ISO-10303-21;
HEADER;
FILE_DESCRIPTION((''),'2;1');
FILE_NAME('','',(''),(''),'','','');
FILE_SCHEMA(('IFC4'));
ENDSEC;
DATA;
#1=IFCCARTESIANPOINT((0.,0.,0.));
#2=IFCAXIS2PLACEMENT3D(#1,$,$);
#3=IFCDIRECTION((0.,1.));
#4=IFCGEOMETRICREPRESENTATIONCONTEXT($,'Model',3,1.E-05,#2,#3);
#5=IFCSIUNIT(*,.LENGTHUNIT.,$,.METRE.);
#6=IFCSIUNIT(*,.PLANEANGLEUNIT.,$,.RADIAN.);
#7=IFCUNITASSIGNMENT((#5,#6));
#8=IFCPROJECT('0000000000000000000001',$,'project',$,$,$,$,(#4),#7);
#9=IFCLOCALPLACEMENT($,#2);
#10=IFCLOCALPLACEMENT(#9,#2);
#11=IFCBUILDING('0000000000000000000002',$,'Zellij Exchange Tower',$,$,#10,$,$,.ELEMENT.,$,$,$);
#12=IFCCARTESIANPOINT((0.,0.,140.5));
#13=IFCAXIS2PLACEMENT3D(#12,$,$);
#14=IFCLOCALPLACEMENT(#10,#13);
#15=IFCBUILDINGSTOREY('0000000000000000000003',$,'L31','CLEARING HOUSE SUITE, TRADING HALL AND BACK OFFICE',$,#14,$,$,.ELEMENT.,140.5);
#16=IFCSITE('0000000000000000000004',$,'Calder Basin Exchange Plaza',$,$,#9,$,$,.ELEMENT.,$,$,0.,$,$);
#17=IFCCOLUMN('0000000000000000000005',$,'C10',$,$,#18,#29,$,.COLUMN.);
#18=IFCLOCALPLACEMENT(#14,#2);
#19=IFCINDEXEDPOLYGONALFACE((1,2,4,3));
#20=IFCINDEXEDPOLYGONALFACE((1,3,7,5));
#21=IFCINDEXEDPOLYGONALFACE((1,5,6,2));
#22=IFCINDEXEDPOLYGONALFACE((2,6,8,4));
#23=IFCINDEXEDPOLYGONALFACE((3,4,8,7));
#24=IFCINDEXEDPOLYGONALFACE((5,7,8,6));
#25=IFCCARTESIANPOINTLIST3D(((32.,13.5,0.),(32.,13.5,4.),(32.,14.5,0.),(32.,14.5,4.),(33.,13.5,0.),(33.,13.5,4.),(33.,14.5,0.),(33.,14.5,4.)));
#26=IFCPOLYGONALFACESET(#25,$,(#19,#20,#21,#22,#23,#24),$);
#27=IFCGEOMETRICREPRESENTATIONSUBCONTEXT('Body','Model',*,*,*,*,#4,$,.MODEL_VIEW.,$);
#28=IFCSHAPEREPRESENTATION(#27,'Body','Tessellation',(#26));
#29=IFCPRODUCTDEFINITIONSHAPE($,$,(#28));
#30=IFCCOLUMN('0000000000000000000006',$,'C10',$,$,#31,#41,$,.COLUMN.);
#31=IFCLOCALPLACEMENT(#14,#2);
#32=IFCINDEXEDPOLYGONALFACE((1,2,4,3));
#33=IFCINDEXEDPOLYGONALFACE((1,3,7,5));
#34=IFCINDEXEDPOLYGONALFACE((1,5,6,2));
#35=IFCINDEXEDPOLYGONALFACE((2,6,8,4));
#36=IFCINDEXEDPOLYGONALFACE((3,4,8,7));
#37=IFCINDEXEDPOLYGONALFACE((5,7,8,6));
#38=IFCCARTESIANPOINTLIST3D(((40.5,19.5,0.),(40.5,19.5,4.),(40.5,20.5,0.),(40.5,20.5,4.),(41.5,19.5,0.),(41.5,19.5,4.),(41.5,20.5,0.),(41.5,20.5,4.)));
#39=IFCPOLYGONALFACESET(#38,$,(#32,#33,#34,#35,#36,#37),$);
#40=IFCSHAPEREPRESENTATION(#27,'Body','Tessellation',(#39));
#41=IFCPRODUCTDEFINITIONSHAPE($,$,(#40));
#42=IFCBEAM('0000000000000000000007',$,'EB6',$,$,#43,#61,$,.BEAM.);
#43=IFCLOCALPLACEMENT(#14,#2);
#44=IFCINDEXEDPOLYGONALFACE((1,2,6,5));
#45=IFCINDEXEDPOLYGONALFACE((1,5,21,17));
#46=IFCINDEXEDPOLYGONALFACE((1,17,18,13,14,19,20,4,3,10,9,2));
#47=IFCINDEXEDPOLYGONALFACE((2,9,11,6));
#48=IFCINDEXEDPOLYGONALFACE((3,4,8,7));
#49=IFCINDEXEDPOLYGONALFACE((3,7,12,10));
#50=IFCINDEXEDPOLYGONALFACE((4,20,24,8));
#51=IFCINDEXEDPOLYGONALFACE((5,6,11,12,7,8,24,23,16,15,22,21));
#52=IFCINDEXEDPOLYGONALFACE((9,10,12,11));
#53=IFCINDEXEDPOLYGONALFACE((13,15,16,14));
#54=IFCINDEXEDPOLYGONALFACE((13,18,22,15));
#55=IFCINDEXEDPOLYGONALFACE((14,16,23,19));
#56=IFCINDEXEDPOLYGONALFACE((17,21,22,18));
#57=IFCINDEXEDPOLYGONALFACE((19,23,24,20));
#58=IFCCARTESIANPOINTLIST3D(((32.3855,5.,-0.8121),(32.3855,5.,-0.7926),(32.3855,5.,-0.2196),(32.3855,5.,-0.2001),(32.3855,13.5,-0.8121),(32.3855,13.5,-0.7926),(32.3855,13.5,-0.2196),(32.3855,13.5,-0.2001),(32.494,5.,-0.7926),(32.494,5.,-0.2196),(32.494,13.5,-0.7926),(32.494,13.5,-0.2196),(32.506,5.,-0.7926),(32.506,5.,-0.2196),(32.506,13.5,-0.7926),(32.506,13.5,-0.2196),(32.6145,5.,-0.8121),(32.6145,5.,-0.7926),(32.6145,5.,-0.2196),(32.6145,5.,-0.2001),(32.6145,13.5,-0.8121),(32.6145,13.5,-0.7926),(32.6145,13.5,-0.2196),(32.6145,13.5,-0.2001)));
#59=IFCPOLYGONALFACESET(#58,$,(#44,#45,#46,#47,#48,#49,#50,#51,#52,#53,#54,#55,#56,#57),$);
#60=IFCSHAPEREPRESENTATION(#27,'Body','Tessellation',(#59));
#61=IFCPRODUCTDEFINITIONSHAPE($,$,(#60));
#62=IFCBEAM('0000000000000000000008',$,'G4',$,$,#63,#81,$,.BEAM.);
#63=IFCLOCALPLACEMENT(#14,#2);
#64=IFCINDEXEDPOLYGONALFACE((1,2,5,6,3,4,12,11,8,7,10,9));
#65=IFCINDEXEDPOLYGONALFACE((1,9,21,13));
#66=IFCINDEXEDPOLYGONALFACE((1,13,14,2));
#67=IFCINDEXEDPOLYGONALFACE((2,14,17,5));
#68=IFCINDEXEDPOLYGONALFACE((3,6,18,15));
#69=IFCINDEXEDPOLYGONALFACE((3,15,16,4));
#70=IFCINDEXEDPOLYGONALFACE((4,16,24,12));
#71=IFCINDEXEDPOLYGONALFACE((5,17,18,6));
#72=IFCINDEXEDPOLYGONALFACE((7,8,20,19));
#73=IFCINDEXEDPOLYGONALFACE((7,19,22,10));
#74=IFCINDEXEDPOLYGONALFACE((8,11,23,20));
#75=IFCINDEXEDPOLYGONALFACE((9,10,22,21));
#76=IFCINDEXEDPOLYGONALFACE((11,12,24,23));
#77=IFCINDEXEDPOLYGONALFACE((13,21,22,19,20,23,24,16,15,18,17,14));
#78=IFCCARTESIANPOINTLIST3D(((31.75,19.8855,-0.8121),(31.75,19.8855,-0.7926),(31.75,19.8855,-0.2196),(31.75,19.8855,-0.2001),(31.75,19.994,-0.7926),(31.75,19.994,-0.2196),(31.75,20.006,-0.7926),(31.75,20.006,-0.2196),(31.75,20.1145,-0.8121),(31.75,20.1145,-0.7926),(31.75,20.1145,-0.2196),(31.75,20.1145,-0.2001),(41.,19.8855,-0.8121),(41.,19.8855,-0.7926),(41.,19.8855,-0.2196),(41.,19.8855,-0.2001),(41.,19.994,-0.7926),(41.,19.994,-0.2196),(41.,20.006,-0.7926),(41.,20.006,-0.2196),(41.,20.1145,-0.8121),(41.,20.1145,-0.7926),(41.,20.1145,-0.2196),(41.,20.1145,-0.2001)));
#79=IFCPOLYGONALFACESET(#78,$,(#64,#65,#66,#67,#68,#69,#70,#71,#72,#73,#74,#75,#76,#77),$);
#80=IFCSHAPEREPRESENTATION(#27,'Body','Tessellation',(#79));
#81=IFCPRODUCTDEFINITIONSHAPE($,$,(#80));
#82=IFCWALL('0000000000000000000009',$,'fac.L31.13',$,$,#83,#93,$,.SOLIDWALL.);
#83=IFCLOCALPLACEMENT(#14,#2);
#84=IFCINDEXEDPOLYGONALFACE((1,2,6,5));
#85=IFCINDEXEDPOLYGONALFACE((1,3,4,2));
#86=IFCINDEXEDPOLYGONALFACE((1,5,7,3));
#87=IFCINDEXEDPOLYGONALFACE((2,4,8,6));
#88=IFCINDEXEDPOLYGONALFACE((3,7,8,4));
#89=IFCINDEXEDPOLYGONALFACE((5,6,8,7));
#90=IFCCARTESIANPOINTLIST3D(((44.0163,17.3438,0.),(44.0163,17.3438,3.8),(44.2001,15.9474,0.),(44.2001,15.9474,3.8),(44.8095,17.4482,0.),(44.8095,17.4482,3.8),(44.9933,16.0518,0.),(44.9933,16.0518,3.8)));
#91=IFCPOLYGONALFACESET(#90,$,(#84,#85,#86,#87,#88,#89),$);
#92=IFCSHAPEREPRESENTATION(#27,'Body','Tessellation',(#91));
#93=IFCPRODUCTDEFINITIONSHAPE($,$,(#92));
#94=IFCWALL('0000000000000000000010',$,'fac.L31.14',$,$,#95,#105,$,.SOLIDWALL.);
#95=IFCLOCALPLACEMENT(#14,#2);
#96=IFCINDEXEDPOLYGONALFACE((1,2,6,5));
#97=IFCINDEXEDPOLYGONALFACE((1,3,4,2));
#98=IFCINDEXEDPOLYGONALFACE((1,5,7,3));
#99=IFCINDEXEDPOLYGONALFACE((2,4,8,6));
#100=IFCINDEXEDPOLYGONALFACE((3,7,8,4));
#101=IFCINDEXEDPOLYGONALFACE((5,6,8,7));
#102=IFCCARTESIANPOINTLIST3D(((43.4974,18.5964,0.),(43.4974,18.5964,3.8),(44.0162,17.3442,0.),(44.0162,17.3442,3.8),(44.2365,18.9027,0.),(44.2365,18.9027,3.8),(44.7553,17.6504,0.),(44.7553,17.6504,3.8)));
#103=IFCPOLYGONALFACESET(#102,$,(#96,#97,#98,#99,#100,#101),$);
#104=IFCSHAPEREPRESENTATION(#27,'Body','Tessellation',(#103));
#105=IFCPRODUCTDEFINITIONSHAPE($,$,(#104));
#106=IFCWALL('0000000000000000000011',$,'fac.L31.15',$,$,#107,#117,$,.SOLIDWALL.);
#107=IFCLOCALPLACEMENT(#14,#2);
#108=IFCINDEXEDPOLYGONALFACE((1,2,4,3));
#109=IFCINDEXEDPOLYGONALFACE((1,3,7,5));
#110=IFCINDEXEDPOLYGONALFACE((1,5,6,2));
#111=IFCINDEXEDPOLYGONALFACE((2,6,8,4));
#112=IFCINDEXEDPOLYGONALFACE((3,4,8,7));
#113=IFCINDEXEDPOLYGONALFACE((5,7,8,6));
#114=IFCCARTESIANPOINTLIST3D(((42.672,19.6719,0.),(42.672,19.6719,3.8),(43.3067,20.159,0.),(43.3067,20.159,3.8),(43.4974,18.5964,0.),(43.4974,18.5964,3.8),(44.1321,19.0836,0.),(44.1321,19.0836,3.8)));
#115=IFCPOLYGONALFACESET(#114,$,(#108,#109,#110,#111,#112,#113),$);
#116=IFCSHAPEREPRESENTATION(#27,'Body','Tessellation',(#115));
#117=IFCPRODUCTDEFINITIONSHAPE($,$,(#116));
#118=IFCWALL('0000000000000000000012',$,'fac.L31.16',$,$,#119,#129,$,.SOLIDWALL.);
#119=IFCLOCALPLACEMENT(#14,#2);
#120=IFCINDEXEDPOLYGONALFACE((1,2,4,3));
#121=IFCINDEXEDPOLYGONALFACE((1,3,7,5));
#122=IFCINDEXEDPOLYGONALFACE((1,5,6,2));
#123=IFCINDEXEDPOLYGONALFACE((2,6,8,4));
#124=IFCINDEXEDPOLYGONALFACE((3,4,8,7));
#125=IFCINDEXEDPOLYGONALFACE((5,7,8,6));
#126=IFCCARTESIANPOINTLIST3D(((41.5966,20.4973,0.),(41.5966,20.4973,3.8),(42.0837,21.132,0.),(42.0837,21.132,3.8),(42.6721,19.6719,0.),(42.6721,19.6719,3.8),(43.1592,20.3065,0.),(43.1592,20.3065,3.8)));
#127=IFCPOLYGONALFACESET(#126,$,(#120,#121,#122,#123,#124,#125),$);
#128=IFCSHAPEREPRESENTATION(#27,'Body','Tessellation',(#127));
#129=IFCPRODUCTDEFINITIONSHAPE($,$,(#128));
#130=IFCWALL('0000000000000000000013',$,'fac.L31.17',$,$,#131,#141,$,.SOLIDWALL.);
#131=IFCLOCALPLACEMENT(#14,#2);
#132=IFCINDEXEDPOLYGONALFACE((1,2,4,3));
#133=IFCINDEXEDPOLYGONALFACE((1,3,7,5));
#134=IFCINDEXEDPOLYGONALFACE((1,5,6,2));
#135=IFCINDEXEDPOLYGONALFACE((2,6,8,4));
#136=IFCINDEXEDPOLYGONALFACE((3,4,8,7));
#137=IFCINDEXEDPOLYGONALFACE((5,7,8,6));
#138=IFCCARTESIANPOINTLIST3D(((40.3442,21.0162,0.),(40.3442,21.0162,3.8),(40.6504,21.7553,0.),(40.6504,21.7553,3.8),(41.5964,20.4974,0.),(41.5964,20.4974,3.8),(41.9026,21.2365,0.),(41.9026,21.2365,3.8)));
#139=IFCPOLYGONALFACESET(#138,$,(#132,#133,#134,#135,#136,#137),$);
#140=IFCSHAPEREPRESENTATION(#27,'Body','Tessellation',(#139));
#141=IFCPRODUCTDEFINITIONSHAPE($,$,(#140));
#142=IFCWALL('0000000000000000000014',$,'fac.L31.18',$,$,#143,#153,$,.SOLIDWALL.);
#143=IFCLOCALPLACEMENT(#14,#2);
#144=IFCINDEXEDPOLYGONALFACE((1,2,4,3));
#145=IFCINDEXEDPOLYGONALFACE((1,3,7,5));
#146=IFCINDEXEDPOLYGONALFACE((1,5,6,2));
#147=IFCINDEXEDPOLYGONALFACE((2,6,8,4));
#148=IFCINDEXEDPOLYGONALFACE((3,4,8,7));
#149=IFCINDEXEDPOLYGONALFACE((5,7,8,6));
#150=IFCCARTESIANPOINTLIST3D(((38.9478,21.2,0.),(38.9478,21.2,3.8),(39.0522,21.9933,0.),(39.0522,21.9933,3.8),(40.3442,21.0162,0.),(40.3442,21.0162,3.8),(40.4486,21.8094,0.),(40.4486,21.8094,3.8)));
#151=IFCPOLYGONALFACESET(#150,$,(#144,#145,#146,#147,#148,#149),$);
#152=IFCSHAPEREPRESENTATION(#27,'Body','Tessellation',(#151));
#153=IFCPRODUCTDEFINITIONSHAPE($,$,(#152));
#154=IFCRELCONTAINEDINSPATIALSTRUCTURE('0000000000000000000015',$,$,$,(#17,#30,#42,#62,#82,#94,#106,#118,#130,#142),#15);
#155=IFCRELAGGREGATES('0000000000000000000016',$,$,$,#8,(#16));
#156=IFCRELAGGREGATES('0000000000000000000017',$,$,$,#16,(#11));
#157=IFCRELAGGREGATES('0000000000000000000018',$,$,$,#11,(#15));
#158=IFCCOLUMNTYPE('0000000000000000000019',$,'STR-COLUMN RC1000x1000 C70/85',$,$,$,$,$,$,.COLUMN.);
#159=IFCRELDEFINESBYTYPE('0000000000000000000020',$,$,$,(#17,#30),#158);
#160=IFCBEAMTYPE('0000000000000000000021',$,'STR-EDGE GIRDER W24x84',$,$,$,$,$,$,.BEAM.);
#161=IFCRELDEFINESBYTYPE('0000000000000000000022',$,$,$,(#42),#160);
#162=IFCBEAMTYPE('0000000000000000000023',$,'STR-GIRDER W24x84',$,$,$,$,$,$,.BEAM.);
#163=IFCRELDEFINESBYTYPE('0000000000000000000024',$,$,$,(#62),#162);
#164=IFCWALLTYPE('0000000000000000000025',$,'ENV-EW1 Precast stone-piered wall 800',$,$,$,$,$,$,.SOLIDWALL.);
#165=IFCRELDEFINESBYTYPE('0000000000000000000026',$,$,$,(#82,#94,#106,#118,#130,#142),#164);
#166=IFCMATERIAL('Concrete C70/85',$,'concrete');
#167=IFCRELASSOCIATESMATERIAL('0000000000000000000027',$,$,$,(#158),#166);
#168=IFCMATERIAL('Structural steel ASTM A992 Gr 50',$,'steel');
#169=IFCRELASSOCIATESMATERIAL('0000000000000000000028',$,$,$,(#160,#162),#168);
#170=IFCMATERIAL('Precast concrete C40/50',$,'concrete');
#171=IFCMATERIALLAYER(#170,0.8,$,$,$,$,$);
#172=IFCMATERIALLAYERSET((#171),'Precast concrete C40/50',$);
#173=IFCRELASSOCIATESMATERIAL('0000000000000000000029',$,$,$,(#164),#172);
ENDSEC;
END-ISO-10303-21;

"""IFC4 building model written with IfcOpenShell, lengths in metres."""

from ifc_helpers import new_model, si_unit, direction, frame, frame_2d, origin, origin_2d, place, context, subcontext, project, spatial, rectangle, i_section, extrude, material, layer, layer_set, material_profile, profile_set, type_object, element, save


model = new_model("IFC4")

# Units and contexts
model_context = context("Model", 3, precision=1e-05, world=origin(), true_north=direction((0.0, 1.0)))
body_context = subcontext(model_context, "Body", "Model", "MODEL_VIEW")
ifc_project = project(units=[si_unit("LENGTHUNIT", "METRE"), si_unit("PLANEANGLEUNIT", "RADIAN")], contexts=[model_context])

# Site, building, storey
site_placement = place(None, origin())
site = spatial("IfcSite", under=ifc_project, at=site_placement, Name="Calder Basin Exchange Plaza", CompositionType="ELEMENT", RefElevation=0.0)
building_placement = place(site_placement, origin())
building = spatial("IfcBuilding", under=site, at=building_placement, Name="Zellij Exchange Tower", CompositionType="ELEMENT")
storey_placement = place(building_placement, frame((0.0, 0.0, 140.5)))
storey = spatial("IfcBuildingStorey", under=building, at=storey_placement, Name="L31", Description="CLEARING HOUSE SUITE, TRADING HALL AND BACK OFFICE", CompositionType="ELEMENT", Elevation=140.5)

# Columns
ifc_material_1 = material(Name="Concrete C70/85", Category="concrete")
ifc_material_profile_1 = material_profile(ifc_material_1, rectangle(XDim=1.0, YDim=1.0, at=origin_2d()), Name="STR-COLUMN RC1000x1000 C70/85")
ifc_profile_set_1 = profile_set([ifc_material_profile_1], Name="Concrete C70/85")
column_type = type_object("IfcColumnType", Name="STR-COLUMN RC1000x1000 C70/85", PredefinedType="COLUMN", material=ifc_profile_set_1)
for number, where, z_axis, x_axis, name in (
    (1, (32.5, 14.0, 0.0), (0.0, 0.0, 1.0), (1.0, 0.0, 0.0), "C10"),
    (2, (41.0, 20.0, 0.0), (0.0, 0.0, 1.0), (1.0, 0.0, 0.0), "C10"),
):
    element("IfcColumn", number, at=place(storey_placement, frame(where, z_axis=z_axis, x_axis=x_axis)), inside=storey, type_object=column_type, Name=name, PredefinedType="COLUMN", context=body_context, shape_type="SweptSolid", body=[
        extrude(rectangle(XDim=1.0, YDim=1.0, at=origin_2d()), origin(), (0.0, 0.0, 1.0), 4.0),
    ])

# Beams
ifc_material_2 = material(Name="Structural steel ASTM A992 Gr 50", Category="steel")
ifc_material_profile_2 = material_profile(ifc_material_2, i_section(OverallWidth=0.229, OverallDepth=0.6121, WebThickness=0.012, FlangeThickness=0.0195, at=origin_2d()), Name="W24x84")
ifc_profile_set_2 = profile_set([ifc_material_profile_2], Name="Structural steel ASTM A992 Gr 50")
beam_type_1 = type_object("IfcBeamType", Name="STR-EDGE GIRDER W24x84", PredefinedType="BEAM", material=ifc_profile_set_2)
beam_1_placement = place(storey_placement, frame((32.5, 5.0, -0.5061), z_axis=(0.0, 1.0, 0.0), x_axis=(-1.0, 0.0, 0.0)))
element("IfcBeam", 3, at=beam_1_placement, inside=storey, type_object=beam_type_1, Name="EB6", PredefinedType="BEAM", context=body_context, shape_type="SweptSolid", body=[
    extrude(i_section(OverallWidth=0.229, OverallDepth=0.6121, WebThickness=0.012, FlangeThickness=0.0195, at=origin_2d()), origin(), (0.0, 0.0, 1.0), 8.5),
])
ifc_material_profile_3 = material_profile(ifc_material_2, i_section(OverallWidth=0.229, OverallDepth=0.6121, WebThickness=0.012, FlangeThickness=0.0195, at=origin_2d()), Name="W24x84")
ifc_profile_set_3 = profile_set([ifc_material_profile_3], Name="Structural steel ASTM A992 Gr 50")
beam_type_2 = type_object("IfcBeamType", Name="STR-GIRDER W24x84", PredefinedType="BEAM", material=ifc_profile_set_3)
beam_2_placement = place(storey_placement, frame((31.75, 20.0, -0.5061), z_axis=(1.0, 0.0, 0.0), x_axis=(0.0, 1.0, 0.0)))
element("IfcBeam", 4, at=beam_2_placement, inside=storey, type_object=beam_type_2, Name="G4", PredefinedType="BEAM", context=body_context, shape_type="SweptSolid", body=[
    extrude(i_section(OverallWidth=0.229, OverallDepth=0.6121, WebThickness=0.012, FlangeThickness=0.0195, at=origin_2d()), origin(), (0.0, 0.0, 1.0), 9.25),
])

# Walls
ifc_material_3 = material(Name="Precast concrete C40/50", Category="concrete")
ifc_layer = layer(ifc_material_3, 0.8)
ifc_layer_set = layer_set([ifc_layer], Name="Precast concrete C40/50")
wall_type = type_object("IfcWallType", Name="ENV-EW1 Precast stone-piered wall 800", PredefinedType="SOLIDWALL", material=ifc_layer_set)
wall_1_placement = place(storey_placement, frame((44.5967, 15.9998, 0.0), z_axis=(0.0, 0.0, 1.0), x_axis=(-0.130517, 0.991446, 0.0)))
element("IfcWall", 5, at=wall_1_placement, inside=storey, type_object=wall_type, Name="fac.L31.13", PredefinedType="SOLIDWALL", context=body_context, shape_type="SweptSolid", body=[
    extrude(rectangle(XDim=1.4084, YDim=0.8, at=frame_2d((0.7041, 0.0))), origin(), (0.0, 0.0, 1.0), 3.8),
])
wall_2_placement = place(storey_placement, frame((44.3857, 17.4973, 0.0), z_axis=(0.0, 0.0, 1.0), x_axis=(-0.38276, 0.923848, 0.0)))
element("IfcWall", 6, at=wall_2_placement, inside=storey, type_object=wall_type, Name="fac.L31.14", PredefinedType="SOLIDWALL", context=body_context, shape_type="SweptSolid", body=[
    extrude(rectangle(XDim=1.3555, YDim=0.8, at=frame_2d((0.6777, 0.0))), origin(), (0.0, 0.0, 1.0), 3.8),
])
for number, where, z_axis, x_axis, name in (
    (7, (43.8147, 18.8401, 0.0), (0.0, 0.0, 1.0), (-0.608866, 0.793273, 0.0), "fac.L31.15"),
    (8, (42.9155, 19.9893, 0.0), (0.0, 0.0, 1.0), (-0.793273, 0.608866, 0.0), "fac.L31.16"),
):
    element("IfcWall", number, at=place(storey_placement, frame(where, z_axis=z_axis, x_axis=x_axis)), inside=storey, type_object=wall_type, Name=name, PredefinedType="SOLIDWALL", context=body_context, shape_type="SweptSolid", body=[
        extrude(rectangle(XDim=1.3557, YDim=0.8, at=frame_2d((0.6777, 0.0))), origin(), (0.0, 0.0, 1.0), 3.8),
    ])
wall_3_placement = place(storey_placement, frame((41.7495, 20.8669, 0.0), z_axis=(0.0, 0.0, 1.0), x_axis=(-0.923848, 0.38276, 0.0)))
element("IfcWall", 9, at=wall_3_placement, inside=storey, type_object=wall_type, Name="fac.L31.17", PredefinedType="SOLIDWALL", context=body_context, shape_type="SweptSolid", body=[
    extrude(rectangle(XDim=1.3555, YDim=0.8, at=frame_2d((0.6777, 0.0))), origin(), (0.0, 0.0, 1.0), 3.8),
])
wall_4_placement = place(storey_placement, frame((40.3962, 21.4128, 0.0), z_axis=(0.0, 0.0, 1.0), x_axis=(-0.991446, 0.130517, 0.0)))
element("IfcWall", 10, at=wall_4_placement, inside=storey, type_object=wall_type, Name="fac.L31.18", PredefinedType="SOLIDWALL", context=body_context, shape_type="SweptSolid", body=[
    extrude(rectangle(XDim=1.4084, YDim=0.8, at=frame_2d((0.7041, 0.0))), origin(), (0.0, 0.0, 1.0), 3.8),
])

save(model, "model.ifc")
